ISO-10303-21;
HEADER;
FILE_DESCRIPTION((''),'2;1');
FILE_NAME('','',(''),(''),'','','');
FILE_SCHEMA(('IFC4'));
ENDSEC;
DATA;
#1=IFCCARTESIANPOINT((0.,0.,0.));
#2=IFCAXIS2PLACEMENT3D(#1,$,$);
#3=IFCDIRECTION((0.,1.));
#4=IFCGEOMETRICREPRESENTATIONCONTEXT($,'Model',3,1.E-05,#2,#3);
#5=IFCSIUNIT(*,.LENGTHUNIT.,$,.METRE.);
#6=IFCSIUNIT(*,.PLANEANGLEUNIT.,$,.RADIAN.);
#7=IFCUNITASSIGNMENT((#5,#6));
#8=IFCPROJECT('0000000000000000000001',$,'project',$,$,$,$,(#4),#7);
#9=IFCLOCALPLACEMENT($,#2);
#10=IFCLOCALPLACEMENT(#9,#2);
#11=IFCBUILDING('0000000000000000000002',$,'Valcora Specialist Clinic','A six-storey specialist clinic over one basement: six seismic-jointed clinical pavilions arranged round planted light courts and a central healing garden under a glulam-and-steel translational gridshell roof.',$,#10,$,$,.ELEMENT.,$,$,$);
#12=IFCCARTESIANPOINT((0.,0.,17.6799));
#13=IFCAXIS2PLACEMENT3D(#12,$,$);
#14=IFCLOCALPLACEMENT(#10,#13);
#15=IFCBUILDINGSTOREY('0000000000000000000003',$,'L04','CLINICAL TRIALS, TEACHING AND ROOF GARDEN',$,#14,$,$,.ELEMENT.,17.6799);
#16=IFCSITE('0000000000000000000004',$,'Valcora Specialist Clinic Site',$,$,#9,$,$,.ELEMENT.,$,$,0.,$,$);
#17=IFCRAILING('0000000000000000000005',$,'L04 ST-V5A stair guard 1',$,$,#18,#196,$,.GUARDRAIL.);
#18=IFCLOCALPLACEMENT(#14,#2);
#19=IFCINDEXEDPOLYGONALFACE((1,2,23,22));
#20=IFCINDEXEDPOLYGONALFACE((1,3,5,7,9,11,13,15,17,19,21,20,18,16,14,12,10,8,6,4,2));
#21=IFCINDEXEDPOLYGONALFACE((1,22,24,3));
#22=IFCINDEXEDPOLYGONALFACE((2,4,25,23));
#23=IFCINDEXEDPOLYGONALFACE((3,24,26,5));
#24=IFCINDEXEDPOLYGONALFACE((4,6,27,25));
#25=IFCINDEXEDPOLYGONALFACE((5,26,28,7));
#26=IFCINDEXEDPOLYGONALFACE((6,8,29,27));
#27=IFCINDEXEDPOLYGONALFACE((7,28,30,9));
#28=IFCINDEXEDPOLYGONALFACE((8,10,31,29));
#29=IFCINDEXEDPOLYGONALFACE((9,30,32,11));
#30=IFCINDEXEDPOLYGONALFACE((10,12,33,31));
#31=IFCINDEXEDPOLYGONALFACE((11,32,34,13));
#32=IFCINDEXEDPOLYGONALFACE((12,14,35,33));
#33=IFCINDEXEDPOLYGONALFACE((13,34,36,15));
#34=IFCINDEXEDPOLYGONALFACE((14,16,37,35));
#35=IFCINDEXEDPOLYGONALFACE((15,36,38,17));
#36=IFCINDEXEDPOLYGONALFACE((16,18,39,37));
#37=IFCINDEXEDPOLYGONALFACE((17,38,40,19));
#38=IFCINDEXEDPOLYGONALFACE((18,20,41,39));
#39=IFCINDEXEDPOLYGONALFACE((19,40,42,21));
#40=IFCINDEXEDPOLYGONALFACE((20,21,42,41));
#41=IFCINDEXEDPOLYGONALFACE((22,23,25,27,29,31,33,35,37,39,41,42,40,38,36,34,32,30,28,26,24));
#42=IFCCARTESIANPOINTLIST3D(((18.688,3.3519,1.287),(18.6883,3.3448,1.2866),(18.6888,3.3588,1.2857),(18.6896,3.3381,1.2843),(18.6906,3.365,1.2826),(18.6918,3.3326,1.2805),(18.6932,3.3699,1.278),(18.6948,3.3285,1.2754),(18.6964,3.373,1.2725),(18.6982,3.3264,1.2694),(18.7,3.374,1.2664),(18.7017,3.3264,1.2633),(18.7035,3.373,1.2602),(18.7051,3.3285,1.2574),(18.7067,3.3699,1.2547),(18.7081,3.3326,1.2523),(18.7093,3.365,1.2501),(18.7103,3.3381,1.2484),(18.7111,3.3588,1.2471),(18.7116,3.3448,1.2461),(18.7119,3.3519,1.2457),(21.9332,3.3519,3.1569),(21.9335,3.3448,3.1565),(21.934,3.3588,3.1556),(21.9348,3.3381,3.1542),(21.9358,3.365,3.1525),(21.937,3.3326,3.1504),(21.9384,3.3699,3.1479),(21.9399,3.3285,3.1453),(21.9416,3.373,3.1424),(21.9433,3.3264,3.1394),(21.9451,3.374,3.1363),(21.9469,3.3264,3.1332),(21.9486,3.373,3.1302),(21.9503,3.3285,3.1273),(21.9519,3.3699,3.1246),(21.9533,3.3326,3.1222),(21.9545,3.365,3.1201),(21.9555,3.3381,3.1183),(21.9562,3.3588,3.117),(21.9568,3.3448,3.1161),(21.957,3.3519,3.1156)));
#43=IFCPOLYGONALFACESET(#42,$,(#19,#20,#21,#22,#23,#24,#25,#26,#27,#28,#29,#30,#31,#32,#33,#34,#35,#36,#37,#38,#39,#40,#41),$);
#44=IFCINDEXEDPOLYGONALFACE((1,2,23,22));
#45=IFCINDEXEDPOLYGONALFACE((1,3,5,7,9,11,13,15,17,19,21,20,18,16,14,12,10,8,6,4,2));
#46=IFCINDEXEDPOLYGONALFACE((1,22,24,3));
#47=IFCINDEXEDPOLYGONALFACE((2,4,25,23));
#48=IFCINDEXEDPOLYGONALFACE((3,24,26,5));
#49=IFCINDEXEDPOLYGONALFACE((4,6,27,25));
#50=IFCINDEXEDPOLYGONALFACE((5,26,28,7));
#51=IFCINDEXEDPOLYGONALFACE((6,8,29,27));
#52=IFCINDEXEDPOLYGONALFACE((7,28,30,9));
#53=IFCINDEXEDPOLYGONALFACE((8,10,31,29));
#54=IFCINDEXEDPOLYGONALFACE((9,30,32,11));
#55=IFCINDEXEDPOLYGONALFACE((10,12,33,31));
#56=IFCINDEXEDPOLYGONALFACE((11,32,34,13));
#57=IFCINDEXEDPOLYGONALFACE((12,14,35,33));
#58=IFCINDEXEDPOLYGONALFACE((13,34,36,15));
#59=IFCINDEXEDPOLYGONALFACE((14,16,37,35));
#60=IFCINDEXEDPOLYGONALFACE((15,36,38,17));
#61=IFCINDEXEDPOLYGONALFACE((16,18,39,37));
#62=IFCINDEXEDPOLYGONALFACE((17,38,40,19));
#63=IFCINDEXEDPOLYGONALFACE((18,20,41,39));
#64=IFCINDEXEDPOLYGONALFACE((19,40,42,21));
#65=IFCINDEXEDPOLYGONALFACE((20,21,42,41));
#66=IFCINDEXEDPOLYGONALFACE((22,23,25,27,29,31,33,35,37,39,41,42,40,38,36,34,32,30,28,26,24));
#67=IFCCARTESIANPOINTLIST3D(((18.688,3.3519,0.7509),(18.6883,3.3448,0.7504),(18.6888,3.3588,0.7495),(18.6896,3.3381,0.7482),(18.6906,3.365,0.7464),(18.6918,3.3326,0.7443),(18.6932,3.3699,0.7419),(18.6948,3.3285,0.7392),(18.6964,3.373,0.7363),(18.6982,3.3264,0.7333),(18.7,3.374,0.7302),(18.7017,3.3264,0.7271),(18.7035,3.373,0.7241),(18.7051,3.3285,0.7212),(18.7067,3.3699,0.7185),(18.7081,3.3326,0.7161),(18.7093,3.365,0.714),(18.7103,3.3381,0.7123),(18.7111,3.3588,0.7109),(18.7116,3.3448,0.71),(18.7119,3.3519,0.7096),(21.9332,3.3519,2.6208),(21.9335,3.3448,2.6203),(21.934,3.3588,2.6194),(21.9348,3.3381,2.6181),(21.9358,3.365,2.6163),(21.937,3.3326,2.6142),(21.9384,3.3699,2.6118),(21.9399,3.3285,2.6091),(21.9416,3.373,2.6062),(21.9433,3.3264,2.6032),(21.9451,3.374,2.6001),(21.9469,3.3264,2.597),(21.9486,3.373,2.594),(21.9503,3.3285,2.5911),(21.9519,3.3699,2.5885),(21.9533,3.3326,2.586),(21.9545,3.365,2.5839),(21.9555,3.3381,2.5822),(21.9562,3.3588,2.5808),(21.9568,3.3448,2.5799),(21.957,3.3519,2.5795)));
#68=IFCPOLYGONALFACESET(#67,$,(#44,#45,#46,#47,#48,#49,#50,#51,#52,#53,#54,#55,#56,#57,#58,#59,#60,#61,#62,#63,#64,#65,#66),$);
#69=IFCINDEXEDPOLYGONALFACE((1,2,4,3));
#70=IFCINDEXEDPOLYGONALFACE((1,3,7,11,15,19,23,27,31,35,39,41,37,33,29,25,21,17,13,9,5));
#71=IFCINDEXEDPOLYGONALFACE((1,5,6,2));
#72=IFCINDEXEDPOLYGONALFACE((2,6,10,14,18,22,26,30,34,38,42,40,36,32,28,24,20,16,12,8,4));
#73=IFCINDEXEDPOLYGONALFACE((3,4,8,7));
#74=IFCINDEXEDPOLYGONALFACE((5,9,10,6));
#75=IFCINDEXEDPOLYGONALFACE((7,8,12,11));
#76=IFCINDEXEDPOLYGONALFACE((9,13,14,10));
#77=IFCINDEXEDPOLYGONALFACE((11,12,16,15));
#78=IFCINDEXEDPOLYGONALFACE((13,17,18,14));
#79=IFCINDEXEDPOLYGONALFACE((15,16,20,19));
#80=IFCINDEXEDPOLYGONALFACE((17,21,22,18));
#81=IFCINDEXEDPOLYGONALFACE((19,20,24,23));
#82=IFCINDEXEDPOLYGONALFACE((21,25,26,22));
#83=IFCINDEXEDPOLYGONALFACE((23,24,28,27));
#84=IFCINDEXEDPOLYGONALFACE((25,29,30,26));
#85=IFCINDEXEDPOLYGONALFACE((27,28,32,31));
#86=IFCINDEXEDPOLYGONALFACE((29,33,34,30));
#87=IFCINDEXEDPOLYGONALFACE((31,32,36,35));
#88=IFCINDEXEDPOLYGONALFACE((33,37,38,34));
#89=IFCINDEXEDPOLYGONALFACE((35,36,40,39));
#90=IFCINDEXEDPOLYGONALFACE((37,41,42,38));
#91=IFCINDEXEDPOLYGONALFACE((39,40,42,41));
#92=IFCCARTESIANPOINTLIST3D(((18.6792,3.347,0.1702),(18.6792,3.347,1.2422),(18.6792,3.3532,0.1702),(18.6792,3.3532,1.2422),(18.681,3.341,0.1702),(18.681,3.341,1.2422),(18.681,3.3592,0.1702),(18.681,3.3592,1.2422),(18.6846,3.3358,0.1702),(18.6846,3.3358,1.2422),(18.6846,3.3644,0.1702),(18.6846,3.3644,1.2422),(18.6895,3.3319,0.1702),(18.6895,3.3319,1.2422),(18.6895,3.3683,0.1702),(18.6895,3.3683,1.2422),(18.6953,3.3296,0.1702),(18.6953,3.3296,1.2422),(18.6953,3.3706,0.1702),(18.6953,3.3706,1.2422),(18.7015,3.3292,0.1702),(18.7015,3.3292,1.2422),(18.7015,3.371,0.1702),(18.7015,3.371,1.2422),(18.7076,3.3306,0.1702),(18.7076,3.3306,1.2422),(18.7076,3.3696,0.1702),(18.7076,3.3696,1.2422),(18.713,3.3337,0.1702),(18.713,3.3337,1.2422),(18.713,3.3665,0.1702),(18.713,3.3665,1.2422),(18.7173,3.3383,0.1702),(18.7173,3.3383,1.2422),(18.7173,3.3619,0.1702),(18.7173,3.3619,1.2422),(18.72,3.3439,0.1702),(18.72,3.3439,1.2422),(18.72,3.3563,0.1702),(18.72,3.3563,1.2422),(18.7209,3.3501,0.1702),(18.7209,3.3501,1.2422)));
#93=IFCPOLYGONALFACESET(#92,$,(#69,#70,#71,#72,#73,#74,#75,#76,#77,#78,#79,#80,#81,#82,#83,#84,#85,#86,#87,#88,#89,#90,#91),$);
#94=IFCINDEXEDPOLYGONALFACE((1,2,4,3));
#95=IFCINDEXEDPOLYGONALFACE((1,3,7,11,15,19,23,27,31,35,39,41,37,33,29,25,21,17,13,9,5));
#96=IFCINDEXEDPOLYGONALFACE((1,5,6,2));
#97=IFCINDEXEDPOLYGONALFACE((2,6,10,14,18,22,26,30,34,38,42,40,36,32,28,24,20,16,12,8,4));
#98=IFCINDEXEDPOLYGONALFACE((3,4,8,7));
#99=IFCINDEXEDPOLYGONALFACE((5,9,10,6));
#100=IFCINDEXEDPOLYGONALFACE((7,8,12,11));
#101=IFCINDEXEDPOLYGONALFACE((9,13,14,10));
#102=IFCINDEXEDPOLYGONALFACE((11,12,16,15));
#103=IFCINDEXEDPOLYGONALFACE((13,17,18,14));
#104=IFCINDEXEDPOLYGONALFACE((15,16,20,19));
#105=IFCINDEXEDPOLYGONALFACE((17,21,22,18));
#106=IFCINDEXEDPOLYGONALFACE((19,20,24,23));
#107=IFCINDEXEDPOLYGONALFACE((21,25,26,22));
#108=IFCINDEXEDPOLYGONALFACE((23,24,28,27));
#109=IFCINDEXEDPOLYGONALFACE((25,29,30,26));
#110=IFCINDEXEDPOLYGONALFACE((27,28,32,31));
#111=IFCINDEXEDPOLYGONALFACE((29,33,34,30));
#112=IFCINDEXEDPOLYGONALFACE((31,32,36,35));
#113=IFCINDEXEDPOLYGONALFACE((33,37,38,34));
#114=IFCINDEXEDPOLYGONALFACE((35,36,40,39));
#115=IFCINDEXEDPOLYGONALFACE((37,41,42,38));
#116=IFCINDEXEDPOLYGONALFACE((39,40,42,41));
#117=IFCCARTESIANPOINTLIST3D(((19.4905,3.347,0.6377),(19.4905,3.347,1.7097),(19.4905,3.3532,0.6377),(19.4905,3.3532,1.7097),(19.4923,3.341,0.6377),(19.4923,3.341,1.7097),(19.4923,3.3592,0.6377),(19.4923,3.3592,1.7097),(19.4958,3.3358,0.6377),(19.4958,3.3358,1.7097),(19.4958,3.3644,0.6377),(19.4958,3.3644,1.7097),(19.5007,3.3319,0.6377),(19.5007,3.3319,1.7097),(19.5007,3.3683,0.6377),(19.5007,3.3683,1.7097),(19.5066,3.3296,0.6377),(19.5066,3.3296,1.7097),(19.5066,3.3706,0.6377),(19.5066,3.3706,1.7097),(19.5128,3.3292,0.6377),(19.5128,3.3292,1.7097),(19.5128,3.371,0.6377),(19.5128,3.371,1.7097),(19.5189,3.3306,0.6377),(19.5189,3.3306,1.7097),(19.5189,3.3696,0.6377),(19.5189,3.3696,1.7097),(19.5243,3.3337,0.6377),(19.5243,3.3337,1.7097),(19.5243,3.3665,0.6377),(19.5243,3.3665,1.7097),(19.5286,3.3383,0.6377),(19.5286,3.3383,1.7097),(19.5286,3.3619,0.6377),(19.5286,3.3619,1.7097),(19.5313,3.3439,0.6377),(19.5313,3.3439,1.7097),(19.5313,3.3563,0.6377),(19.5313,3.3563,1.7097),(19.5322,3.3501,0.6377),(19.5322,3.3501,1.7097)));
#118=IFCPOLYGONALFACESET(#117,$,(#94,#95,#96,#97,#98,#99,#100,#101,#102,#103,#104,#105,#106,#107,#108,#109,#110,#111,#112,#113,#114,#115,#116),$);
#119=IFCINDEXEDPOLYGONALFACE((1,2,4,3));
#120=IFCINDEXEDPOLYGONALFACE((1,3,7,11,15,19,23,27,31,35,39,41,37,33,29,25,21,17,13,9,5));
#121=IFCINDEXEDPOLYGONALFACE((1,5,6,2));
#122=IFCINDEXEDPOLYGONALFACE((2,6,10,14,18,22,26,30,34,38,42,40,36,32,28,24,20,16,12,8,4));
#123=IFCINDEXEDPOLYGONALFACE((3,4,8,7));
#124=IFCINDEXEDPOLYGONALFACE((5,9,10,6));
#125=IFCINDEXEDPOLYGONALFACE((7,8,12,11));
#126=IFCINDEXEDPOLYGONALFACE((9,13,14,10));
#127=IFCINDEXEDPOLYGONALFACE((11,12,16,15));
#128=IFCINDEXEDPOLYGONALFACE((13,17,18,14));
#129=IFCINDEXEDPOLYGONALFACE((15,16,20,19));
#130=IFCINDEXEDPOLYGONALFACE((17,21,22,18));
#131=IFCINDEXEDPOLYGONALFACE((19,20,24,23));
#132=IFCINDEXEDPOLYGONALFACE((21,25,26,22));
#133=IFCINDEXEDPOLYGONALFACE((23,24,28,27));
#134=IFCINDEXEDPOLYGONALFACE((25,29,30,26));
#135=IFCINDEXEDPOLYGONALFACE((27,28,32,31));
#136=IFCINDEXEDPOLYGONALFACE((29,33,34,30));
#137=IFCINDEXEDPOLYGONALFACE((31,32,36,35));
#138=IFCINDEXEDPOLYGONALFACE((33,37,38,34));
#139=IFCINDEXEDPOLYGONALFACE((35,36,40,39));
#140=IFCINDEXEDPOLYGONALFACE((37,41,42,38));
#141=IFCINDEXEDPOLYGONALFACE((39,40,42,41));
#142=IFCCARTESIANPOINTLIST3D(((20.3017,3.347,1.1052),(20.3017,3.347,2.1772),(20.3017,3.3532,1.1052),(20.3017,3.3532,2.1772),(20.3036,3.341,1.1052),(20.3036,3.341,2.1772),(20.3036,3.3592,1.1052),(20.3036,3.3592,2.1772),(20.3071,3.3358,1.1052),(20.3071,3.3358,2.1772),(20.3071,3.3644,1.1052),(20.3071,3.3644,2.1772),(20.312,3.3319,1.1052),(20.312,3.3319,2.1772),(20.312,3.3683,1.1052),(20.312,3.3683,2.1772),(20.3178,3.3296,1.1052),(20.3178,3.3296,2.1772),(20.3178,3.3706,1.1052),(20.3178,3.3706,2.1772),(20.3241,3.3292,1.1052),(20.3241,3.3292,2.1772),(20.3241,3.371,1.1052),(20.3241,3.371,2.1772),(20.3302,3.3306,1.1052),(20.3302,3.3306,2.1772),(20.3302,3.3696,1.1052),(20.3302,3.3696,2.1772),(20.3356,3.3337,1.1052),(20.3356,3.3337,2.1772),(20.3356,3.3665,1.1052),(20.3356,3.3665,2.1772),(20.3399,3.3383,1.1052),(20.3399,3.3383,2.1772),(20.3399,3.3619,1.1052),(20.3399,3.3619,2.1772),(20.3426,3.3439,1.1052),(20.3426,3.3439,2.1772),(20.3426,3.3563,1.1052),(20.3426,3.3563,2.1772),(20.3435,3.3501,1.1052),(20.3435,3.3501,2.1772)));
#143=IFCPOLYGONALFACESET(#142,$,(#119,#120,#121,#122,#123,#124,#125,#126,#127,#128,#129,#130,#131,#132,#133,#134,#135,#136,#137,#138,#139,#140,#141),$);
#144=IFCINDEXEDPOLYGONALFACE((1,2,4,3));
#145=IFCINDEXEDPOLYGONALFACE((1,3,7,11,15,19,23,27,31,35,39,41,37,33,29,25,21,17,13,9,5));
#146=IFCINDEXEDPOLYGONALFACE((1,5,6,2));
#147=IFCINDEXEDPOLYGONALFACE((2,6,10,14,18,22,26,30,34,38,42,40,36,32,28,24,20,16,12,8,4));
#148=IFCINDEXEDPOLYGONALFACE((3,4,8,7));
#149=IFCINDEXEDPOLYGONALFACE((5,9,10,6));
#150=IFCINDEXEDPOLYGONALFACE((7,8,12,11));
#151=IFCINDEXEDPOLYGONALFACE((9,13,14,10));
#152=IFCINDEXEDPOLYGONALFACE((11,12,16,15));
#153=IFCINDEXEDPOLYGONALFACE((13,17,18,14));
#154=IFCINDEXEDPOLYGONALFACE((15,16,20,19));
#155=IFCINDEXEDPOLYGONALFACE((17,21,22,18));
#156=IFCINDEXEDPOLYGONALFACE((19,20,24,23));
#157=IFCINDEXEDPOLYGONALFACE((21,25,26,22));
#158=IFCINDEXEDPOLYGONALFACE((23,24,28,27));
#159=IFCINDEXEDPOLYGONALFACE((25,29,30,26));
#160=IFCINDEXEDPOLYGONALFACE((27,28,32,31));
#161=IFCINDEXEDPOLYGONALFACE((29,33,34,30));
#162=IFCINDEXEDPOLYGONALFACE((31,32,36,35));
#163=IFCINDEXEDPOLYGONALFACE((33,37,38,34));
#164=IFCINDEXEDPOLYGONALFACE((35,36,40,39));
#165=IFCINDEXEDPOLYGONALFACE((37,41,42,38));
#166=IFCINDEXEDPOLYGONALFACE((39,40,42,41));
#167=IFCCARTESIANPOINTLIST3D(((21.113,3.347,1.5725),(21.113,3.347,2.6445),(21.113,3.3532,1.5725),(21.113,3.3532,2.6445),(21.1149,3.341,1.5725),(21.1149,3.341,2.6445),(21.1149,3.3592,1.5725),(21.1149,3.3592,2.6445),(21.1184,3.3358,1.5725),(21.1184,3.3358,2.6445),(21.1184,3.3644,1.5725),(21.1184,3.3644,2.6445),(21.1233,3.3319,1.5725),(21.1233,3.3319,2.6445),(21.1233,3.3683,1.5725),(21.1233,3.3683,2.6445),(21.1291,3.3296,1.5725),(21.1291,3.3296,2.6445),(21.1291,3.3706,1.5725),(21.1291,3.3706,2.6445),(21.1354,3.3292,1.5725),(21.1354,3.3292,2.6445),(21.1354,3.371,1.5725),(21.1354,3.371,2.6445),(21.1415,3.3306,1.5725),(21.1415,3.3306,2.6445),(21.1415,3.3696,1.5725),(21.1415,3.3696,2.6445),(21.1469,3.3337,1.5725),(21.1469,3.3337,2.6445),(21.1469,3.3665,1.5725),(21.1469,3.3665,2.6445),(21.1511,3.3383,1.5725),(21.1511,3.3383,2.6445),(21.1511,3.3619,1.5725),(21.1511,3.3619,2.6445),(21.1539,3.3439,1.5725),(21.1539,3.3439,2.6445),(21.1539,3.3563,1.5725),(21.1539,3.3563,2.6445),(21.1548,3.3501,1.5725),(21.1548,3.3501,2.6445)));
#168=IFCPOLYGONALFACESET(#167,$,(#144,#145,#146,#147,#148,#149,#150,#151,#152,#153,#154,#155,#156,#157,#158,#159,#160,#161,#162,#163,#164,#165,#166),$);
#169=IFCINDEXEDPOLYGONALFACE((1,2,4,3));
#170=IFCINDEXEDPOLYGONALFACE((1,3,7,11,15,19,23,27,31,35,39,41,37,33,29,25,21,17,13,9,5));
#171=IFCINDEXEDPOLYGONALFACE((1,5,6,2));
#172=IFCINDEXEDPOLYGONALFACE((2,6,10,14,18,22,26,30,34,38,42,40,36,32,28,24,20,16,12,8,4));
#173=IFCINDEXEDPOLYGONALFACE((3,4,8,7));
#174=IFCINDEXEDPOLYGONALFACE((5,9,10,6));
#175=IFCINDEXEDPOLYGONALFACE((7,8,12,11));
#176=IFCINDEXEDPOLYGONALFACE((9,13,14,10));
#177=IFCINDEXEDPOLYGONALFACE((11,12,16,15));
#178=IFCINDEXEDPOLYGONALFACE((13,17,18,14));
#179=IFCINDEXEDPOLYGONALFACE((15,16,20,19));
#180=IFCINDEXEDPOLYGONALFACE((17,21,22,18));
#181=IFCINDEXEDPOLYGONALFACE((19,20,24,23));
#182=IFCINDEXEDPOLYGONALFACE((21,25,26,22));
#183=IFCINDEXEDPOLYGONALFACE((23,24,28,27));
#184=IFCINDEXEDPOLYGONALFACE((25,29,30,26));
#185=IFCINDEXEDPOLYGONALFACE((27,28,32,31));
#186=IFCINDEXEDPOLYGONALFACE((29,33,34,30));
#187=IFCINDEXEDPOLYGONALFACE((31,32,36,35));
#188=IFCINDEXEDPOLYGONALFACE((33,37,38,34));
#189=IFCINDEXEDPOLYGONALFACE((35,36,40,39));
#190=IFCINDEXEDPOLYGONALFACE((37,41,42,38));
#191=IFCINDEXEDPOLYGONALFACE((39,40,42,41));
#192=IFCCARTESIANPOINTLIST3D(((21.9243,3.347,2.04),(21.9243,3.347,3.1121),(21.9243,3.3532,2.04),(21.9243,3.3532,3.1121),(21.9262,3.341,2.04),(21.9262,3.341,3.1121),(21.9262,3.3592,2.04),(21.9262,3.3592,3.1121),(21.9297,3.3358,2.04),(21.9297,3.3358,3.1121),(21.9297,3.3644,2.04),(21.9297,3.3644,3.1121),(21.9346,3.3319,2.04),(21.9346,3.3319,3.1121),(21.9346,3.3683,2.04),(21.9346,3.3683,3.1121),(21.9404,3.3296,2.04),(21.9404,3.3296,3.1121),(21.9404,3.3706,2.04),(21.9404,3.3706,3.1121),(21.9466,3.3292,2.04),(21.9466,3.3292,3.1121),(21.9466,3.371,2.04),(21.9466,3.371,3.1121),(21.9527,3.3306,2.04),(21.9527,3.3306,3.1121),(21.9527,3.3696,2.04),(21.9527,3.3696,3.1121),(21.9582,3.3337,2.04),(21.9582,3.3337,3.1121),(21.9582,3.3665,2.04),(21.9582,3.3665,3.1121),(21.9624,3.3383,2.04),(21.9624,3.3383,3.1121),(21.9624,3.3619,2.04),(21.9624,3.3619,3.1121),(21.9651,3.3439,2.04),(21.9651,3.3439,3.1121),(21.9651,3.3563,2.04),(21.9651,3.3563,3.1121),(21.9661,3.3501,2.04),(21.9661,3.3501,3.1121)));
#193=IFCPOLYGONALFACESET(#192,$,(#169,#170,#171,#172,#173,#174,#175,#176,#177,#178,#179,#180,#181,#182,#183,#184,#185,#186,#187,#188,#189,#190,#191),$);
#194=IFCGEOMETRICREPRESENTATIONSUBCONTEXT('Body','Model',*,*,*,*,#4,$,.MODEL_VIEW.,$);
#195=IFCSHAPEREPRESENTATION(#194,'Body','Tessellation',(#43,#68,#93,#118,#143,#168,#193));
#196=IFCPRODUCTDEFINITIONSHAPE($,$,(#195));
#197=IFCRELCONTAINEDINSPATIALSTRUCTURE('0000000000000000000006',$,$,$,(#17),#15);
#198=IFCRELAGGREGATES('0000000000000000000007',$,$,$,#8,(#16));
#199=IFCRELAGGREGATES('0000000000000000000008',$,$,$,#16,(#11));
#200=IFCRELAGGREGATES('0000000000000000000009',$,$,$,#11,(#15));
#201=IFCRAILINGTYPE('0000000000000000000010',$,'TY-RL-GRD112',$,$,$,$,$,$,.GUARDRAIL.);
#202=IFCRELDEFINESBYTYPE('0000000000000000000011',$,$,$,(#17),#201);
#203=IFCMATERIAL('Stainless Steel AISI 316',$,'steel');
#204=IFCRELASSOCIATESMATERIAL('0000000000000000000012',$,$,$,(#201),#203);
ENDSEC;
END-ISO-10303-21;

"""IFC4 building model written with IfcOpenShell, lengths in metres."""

from ifc_helpers import new_model, si_unit, direction, frame, origin, origin_2d, place, context, subcontext, project, spatial, circle, extrude, material, type_object, element, save


model = new_model("IFC4")

# Units and contexts
model_context = context("Model", 3, precision=1e-05, world=origin(), true_north=direction((0.0, 1.0)))
body_context = subcontext(model_context, "Body", "Model", "MODEL_VIEW")
ifc_project = project(units=[si_unit("LENGTHUNIT", "METRE"), si_unit("PLANEANGLEUNIT", "RADIAN")], contexts=[model_context])

# Site, building, storey
site_placement = place(None, origin())
site = spatial("IfcSite", under=ifc_project, at=site_placement, Name="Valcora Specialist Clinic Site", CompositionType="ELEMENT", RefElevation=0.0)
building_placement = place(site_placement, origin())
building = spatial("IfcBuilding", under=site, at=building_placement, Name="Valcora Specialist Clinic", Description="A six-storey specialist clinic over one basement: six seismic-jointed clinical pavilions arranged round planted light courts and a central healing garden under a glulam-and-steel translational gridshell roof.", CompositionType="ELEMENT")
storey_placement = place(building_placement, frame((0.0, 0.0, 17.6799)))
storey = spatial("IfcBuildingStorey", under=building, at=storey_placement, Name="L04", Description="CLINICAL TRIALS, TEACHING AND ROOF GARDEN", CompositionType="ELEMENT", Elevation=17.6799)

# Railing
ifc_material_1 = material(Name="Stainless Steel AISI 316", Category="steel")
railing_type_1 = type_object("IfcRailingType", Name="TY-RL-GRD112", PredefinedType="GUARDRAIL", material=ifc_material_1)
railing_1_placement = place(storey_placement, frame((18.7, 3.3501, 0.1702)))
element("IfcRailing", 1, at=railing_1_placement, inside=storey, type_object=railing_type_1, Name="L04 ST-V5A stair guard 1", PredefinedType="GUARDRAIL", context=body_context, shape_type="SweptSolid", body=[
    extrude(circle(Radius=0.0239, at=origin_2d()), frame((0.0, 0.0, 1.0962), z_axis=(0.866452, 0.0, 0.49926), x_axis=(0.0, 1.0, 0.0)), (0.0, 0.0, 1.0), 3.7454),
    extrude(circle(Radius=0.0239, at=origin_2d()), frame((0.0, 0.0, 0.5601), z_axis=(0.866452, 0.0, 0.49926), x_axis=(0.0, 1.0, 0.0)), (0.0, 0.0, 1.0), 3.7454),
    extrude(circle(Radius=0.021, at=origin_2d()), origin(), (0.0, 0.0, 1.0), 1.072),
    extrude(circle(Radius=0.021, at=origin_2d()), frame((0.8113, 0.0, 0.4675)), (0.0, 0.0, 1.0), 1.072),
    extrude(circle(Radius=0.021, at=origin_2d()), frame((1.6226, 0.0, 0.9351)), (0.0, 0.0, 1.0), 1.072),
    extrude(circle(Radius=0.021, at=origin_2d()), frame((2.4338, 0.0, 1.4023)), (0.0, 0.0, 1.0), 1.072),
    extrude(circle(Radius=0.021, at=origin_2d()), frame((3.2451, 0.0, 1.8699)), (0.0, 0.0, 1.0), 1.072),
])

save(model, "model.ifc")
